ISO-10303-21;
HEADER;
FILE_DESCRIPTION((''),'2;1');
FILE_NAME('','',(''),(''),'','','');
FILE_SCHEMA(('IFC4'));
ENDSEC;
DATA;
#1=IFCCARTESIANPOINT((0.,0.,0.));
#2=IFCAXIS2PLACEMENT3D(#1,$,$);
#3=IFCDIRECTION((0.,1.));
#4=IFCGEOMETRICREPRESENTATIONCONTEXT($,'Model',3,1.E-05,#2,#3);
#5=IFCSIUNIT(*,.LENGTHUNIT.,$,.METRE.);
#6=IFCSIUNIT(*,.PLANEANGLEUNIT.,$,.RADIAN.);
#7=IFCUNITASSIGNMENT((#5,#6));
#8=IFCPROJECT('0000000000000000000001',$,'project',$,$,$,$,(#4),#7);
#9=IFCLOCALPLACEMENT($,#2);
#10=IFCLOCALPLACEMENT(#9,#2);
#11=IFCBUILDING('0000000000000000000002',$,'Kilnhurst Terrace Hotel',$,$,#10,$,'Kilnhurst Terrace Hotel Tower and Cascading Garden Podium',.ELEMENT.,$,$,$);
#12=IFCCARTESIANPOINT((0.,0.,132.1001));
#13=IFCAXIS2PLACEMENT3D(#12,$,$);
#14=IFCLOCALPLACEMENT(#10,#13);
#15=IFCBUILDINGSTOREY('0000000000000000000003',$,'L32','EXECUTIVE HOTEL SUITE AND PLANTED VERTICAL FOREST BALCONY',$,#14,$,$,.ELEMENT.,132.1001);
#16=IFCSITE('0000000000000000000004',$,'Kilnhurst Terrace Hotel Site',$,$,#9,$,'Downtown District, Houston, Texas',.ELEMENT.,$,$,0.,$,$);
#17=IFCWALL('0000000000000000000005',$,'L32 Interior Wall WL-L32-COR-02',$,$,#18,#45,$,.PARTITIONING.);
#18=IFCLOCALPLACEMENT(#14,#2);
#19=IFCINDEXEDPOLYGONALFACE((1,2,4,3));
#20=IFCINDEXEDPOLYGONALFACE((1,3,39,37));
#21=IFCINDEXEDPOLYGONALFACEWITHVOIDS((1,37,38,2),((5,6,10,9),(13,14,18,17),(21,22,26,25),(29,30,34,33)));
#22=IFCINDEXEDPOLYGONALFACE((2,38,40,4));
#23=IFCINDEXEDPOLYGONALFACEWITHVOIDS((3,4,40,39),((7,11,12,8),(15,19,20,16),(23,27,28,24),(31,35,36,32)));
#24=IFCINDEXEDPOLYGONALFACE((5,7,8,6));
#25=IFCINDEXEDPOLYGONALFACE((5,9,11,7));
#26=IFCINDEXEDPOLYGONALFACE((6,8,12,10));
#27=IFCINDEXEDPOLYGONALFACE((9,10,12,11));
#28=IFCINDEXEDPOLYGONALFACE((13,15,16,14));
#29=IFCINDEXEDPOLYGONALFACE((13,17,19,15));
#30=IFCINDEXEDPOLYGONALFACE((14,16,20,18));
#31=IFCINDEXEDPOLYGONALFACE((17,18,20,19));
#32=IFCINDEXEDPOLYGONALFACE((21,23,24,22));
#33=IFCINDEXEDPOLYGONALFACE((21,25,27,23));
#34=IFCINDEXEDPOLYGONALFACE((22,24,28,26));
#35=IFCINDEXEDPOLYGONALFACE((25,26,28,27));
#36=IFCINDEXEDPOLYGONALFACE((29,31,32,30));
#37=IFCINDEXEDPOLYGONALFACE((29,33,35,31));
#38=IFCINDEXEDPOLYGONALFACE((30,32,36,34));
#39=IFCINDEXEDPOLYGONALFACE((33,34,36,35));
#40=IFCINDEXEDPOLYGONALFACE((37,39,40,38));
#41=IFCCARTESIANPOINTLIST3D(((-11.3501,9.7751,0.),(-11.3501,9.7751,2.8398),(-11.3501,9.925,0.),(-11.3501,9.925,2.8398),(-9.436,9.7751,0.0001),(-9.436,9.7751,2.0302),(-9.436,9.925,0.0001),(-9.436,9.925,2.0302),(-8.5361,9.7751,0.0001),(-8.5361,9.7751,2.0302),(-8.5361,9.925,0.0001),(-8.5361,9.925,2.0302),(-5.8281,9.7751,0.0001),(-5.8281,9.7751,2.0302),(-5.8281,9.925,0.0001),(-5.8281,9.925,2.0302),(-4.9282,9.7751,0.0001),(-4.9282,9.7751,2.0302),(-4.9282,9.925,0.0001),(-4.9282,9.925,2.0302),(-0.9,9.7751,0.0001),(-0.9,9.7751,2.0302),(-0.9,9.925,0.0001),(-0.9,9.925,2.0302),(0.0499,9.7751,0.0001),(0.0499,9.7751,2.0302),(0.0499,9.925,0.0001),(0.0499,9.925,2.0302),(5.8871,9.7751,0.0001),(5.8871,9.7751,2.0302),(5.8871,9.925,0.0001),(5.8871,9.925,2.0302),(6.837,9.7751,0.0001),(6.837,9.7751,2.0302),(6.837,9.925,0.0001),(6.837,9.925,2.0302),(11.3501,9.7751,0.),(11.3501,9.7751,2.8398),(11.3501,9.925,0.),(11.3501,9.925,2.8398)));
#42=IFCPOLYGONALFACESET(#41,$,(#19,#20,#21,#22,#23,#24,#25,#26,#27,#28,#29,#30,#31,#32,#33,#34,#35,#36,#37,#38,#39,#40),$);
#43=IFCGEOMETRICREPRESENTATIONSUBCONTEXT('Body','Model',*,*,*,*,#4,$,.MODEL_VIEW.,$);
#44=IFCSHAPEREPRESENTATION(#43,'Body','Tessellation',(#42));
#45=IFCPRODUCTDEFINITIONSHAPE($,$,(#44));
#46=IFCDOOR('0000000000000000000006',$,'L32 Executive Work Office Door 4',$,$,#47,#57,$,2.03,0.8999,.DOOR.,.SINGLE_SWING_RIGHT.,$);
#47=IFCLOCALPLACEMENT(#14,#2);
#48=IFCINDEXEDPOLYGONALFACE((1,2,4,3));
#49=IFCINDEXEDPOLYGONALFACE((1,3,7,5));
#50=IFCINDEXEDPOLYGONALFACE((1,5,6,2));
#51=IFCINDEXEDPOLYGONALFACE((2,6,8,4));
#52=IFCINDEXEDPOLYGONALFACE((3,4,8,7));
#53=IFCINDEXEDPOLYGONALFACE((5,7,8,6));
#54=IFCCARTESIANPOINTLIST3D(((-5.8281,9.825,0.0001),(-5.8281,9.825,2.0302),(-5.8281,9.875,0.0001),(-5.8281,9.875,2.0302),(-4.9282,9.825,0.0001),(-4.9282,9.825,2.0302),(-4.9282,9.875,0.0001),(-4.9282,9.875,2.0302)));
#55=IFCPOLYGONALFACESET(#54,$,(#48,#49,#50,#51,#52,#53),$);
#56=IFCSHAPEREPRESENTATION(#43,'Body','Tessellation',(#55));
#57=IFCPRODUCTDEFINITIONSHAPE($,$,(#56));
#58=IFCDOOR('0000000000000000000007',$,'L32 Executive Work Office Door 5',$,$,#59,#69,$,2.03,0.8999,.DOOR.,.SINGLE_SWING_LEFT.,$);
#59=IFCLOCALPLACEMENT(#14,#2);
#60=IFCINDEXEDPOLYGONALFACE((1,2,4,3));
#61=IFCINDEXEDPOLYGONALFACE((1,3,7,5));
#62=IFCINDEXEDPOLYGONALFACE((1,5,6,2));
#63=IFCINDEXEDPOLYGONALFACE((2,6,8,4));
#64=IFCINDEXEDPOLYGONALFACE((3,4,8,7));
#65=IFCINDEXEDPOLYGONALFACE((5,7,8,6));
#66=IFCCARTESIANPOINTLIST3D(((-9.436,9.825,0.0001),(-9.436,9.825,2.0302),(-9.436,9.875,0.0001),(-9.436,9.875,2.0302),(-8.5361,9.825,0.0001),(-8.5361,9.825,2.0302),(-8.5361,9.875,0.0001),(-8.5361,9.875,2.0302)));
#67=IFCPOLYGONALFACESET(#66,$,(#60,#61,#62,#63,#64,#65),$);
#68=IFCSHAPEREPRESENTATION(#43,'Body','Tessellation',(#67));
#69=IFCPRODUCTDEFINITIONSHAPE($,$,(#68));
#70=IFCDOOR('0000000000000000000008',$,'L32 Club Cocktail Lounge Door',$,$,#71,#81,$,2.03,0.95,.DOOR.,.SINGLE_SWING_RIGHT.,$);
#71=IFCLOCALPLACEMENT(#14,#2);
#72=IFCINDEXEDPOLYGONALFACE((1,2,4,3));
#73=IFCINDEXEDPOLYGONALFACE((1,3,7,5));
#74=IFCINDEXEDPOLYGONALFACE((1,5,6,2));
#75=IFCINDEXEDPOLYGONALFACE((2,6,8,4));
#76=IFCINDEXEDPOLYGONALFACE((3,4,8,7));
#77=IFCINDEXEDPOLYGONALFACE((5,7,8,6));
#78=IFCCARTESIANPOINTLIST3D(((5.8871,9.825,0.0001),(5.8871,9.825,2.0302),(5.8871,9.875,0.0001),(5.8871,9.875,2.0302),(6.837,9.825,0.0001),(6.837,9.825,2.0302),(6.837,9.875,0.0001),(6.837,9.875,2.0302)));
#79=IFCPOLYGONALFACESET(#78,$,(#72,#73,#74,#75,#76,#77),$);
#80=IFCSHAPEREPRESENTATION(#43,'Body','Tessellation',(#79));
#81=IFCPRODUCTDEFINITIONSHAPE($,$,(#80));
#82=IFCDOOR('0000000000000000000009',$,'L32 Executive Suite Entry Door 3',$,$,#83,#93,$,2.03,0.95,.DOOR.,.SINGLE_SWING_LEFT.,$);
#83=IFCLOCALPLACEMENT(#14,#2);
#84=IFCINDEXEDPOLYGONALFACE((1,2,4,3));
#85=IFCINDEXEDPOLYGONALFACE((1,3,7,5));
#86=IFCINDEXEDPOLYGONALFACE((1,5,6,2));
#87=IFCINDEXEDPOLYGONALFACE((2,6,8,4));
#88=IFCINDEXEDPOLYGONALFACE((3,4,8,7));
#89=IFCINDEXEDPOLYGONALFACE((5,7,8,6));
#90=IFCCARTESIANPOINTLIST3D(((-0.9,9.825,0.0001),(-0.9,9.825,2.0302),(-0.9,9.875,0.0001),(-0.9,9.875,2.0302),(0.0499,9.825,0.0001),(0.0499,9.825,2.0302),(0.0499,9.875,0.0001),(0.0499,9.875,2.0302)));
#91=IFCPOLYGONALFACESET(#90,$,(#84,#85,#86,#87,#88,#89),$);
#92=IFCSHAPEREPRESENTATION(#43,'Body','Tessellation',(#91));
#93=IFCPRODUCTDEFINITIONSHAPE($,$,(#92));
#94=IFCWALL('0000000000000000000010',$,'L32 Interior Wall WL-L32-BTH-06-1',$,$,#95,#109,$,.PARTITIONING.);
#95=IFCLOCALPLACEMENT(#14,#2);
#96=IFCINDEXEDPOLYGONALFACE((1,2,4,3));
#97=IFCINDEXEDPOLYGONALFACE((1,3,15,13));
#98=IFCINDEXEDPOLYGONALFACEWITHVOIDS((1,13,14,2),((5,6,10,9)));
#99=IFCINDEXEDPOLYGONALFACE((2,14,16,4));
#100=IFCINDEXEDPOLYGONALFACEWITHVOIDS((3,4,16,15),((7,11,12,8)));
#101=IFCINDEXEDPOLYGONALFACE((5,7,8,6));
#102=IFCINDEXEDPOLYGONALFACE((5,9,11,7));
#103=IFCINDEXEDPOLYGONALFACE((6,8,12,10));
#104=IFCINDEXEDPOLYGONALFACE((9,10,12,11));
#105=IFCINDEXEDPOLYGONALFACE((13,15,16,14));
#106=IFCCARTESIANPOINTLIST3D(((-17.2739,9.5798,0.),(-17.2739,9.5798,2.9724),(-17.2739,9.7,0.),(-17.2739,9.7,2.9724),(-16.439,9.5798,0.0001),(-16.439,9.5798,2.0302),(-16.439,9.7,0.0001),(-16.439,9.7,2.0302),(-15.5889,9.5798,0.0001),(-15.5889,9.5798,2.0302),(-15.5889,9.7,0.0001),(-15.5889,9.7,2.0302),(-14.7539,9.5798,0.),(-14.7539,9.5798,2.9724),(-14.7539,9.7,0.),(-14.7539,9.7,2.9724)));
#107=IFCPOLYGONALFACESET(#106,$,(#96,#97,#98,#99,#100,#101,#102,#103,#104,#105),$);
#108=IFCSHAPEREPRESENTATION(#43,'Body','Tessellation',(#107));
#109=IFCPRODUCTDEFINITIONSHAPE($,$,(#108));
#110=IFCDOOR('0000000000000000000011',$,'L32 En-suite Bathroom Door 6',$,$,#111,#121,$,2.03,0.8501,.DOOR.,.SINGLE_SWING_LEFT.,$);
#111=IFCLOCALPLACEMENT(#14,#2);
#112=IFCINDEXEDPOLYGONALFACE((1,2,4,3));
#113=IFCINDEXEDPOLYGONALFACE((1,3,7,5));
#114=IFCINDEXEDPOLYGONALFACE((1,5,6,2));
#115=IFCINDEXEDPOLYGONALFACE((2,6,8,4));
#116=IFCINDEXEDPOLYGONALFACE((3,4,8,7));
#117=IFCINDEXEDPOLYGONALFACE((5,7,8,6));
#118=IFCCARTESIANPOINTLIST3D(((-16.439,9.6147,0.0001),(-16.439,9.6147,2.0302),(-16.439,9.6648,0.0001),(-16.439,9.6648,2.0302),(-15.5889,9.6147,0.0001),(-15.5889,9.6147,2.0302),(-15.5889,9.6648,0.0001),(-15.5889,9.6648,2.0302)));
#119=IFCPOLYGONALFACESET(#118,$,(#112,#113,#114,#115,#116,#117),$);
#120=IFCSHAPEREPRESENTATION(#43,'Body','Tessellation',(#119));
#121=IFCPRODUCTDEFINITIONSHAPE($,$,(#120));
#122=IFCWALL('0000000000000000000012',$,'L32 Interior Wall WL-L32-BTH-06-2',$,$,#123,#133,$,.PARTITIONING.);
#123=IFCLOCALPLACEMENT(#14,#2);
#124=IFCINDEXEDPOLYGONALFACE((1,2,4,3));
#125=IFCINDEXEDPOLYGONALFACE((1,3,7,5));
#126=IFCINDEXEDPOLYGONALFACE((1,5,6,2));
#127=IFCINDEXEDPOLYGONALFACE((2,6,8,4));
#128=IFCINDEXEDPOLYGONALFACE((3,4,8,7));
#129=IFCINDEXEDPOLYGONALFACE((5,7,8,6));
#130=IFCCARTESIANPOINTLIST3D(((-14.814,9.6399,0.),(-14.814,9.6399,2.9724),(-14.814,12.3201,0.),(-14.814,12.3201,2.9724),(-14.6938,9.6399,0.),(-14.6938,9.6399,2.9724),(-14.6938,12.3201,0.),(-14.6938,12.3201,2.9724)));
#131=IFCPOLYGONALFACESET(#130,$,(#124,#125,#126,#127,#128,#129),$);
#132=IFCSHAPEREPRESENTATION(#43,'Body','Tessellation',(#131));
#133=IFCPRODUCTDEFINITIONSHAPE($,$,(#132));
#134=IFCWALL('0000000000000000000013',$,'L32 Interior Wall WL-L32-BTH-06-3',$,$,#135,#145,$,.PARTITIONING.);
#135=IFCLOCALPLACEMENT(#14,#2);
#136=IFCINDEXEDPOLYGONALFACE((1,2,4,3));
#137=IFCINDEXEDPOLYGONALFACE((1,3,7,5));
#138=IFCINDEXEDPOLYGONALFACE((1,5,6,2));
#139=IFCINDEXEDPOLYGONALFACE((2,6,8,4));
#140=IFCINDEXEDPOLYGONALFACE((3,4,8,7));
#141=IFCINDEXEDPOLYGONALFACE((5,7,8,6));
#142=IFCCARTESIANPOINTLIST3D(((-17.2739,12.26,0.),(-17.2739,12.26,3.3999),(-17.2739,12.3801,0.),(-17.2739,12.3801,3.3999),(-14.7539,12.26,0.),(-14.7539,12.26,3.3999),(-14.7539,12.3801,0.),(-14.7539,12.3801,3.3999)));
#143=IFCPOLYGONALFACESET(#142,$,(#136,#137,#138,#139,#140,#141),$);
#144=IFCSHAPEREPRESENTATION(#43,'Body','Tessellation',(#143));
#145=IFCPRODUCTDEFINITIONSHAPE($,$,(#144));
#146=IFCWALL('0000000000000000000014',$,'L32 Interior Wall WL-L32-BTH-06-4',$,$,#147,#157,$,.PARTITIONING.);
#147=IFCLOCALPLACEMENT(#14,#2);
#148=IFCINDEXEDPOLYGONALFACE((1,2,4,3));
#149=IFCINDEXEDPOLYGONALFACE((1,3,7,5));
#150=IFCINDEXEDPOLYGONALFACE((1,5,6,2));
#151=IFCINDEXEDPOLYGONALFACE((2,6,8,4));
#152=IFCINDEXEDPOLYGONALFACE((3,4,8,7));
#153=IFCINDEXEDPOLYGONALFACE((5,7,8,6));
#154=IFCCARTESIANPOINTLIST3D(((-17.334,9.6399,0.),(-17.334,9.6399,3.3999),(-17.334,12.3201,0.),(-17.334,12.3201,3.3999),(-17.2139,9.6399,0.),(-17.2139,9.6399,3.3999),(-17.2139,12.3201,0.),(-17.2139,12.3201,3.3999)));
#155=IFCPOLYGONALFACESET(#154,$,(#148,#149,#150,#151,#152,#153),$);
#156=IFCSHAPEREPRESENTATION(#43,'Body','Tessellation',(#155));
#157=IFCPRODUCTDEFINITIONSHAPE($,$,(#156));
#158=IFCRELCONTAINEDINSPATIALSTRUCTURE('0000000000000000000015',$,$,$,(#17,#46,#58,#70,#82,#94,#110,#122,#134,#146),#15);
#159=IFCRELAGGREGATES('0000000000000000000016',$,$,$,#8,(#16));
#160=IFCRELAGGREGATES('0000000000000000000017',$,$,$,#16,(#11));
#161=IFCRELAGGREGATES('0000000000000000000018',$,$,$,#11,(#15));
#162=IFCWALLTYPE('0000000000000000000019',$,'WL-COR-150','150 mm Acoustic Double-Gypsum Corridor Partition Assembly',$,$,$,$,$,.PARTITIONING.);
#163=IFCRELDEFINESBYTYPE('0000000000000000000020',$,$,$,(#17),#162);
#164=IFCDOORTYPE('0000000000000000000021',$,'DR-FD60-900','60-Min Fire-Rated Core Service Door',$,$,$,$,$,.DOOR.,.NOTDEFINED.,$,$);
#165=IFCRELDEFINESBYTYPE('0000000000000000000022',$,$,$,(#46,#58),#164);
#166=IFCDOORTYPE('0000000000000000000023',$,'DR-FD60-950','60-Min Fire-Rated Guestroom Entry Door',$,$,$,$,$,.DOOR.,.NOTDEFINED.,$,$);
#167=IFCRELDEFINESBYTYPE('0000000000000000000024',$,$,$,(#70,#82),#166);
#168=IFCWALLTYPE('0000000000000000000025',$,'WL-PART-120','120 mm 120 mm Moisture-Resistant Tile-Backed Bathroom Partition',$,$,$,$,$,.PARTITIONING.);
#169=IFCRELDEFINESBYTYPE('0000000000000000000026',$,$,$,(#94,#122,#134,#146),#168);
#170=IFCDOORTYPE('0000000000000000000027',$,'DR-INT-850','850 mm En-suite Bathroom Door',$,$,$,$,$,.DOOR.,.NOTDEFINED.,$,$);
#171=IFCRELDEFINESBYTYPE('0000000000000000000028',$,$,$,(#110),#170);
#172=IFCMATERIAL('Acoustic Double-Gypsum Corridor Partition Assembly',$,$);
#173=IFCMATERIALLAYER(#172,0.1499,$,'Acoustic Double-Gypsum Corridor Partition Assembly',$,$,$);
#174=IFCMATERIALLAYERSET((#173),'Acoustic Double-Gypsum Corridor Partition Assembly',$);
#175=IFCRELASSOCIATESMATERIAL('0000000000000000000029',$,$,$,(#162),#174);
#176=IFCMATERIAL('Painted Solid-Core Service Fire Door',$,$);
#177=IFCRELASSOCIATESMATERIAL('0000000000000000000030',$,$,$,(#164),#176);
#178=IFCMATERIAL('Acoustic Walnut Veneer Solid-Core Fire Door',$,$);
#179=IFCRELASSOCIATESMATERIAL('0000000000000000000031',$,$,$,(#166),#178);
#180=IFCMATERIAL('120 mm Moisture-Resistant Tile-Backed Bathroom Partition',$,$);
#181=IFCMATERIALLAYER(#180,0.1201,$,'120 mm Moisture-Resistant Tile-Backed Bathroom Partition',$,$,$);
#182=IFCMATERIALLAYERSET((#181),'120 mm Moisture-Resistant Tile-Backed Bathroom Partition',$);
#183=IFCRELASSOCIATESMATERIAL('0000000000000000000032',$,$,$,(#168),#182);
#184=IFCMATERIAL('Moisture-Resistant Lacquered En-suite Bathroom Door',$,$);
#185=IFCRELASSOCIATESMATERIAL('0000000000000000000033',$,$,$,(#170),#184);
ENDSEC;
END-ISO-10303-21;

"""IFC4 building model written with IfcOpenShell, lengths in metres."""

from ifc_helpers import new_model, si_unit, direction, frame, frame_2d, origin, place, context, subcontext, project, spatial, rectangle, extrude, material, layer, layer_set, type_object, element, fill, save


model = new_model("IFC4")

# Units and contexts
model_context = context("Model", 3, precision=1e-05, world=origin(), true_north=direction((0.0, 1.0)))
body_context = subcontext(model_context, "Body", "Model", "MODEL_VIEW")
ifc_project = project(units=[si_unit("LENGTHUNIT", "METRE"), si_unit("PLANEANGLEUNIT", "RADIAN")], contexts=[model_context])

# Site, building, storey
site_placement = place(None, origin())
site = spatial("IfcSite", under=ifc_project, at=site_placement, Name="Kilnhurst Terrace Hotel Site", LongName="Downtown District, Houston, Texas", CompositionType="ELEMENT", RefElevation=0.0)
building_placement = place(site_placement, origin())
building = spatial("IfcBuilding", under=site, at=building_placement, Name="Kilnhurst Terrace Hotel", LongName="Kilnhurst Terrace Hotel Tower and Cascading Garden Podium", CompositionType="ELEMENT")
storey_placement = place(building_placement, frame((0.0, 0.0, 132.1001)))
storey = spatial("IfcBuildingStorey", under=building, at=storey_placement, Name="L32", Description="EXECUTIVE HOTEL SUITE AND PLANTED VERTICAL FOREST BALCONY", CompositionType="ELEMENT", Elevation=132.1001)

# Wall, openings, doors
ifc_material_1 = material(Name="Acoustic Double-Gypsum Corridor Partition Assembly")
ifc_layer_1 = layer(ifc_material_1, 0.1499, Name="Acoustic Double-Gypsum Corridor Partition Assembly")
ifc_layer_set_1 = layer_set([ifc_layer_1], Name="Acoustic Double-Gypsum Corridor Partition Assembly")
wall_type_1 = type_object("IfcWallType", Name="WL-COR-150", Description="150 mm Acoustic Double-Gypsum Corridor Partition Assembly", PredefinedType="PARTITIONING", material=ifc_layer_set_1)
wall_1_placement = place(storey_placement, frame((-11.3501, 9.8501, 0.0), z_axis=(0.0, 0.0, 1.0), x_axis=(1.0, 0.0, 0.0)))
wall_1 = element("IfcWall", 1, at=wall_1_placement, inside=storey, type_object=wall_type_1, Name="L32 Interior Wall WL-L32-COR-02", PredefinedType="PARTITIONING", context=body_context, shape_type="SweptSolid", body=[
    extrude(rectangle(XDim=22.7002, YDim=0.1499, at=frame_2d((11.3501, 0.0))), origin(), (0.0, 0.0, 1.0), 2.8398),
])
opening_1_placement = place(wall_1_placement, frame((17.2371, 0.0, 0.0)))
opening_1 = element("IfcOpeningElement", 2, at=opening_1_placement, cuts=wall_1, PredefinedType="OPENING", context=body_context, shape_type="SweptSolid", body=[
    extrude(rectangle(XDim=0.95, YDim=2.03, at=frame_2d((0.4751, 1.0151))), frame((0.0, 0.085, 0.0), z_axis=(0.0, -1.0, 0.0), x_axis=(1.0, 0.0, 0.0)), (0.0, 0.0, 1.0), 0.1699),
])
opening_2_placement = place(wall_1_placement, frame((10.45, 0.0, 0.0)))
opening_2 = element("IfcOpeningElement", 3, at=opening_2_placement, cuts=wall_1, PredefinedType="OPENING", context=body_context, shape_type="SweptSolid", body=[
    extrude(rectangle(XDim=0.95, YDim=2.03, at=frame_2d((0.4751, 1.0151))), frame((0.0, 0.085, 0.0), z_axis=(0.0, -1.0, 0.0), x_axis=(1.0, 0.0, 0.0)), (0.0, 0.0, 1.0), 0.1699),
])
opening_3_placement = place(wall_1_placement, frame((5.522, 0.0, 0.0)))
opening_3 = element("IfcOpeningElement", 4, at=opening_3_placement, cuts=wall_1, PredefinedType="OPENING", context=body_context, shape_type="SweptSolid", body=[
    extrude(rectangle(XDim=0.8999, YDim=2.03, at=frame_2d((0.45, 1.0151))), frame((0.0, 0.085, 0.0), z_axis=(0.0, -1.0, 0.0), x_axis=(1.0, 0.0, 0.0)), (0.0, 0.0, 1.0), 0.1699),
])
opening_4_placement = place(wall_1_placement, frame((1.9141, 0.0, 0.0)))
opening_4 = element("IfcOpeningElement", 5, at=opening_4_placement, cuts=wall_1, PredefinedType="OPENING", context=body_context, shape_type="SweptSolid", body=[
    extrude(rectangle(XDim=0.8999, YDim=2.03, at=frame_2d((0.45, 1.0151))), frame((0.0, 0.085, 0.0), z_axis=(0.0, -1.0, 0.0), x_axis=(1.0, 0.0, 0.0)), (0.0, 0.0, 1.0), 0.1699),
])
ifc_material_2 = material(Name="Painted Solid-Core Service Fire Door")
door_type_1 = type_object("IfcDoorType", Name="DR-FD60-900", Description="60-Min Fire-Rated Core Service Door", OperationType="NOTDEFINED", PredefinedType="DOOR", material=ifc_material_2)
door_1_placement = place(opening_3_placement, origin())
door_1 = element("IfcDoor", 6, at=door_1_placement, inside=storey, type_object=door_type_1, Name="L32 Executive Work Office Door 4", OperationType="SINGLE_SWING_RIGHT", OverallHeight=2.03, OverallWidth=0.8999, PredefinedType="DOOR", context=body_context, shape_type="SweptSolid", body=[
    extrude(rectangle(XDim=0.8999, YDim=2.03, at=frame_2d((0.45, 1.0151))), frame((0.0, 0.0249, 0.0), z_axis=(0.0, -1.0, 0.0), x_axis=(1.0, 0.0, 0.0)), (0.0, 0.0, 1.0), 0.05),
])
fill(opening_3, door_1)
door_2_placement = place(opening_4_placement, origin())
door_2 = element("IfcDoor", 7, at=door_2_placement, inside=storey, type_object=door_type_1, Name="L32 Executive Work Office Door 5", OperationType="SINGLE_SWING_LEFT", OverallHeight=2.03, OverallWidth=0.8999, PredefinedType="DOOR", context=body_context, shape_type="SweptSolid", body=[
    extrude(rectangle(XDim=0.8999, YDim=2.03, at=frame_2d((0.45, 1.0151))), frame((0.0, 0.0249, 0.0), z_axis=(0.0, -1.0, 0.0), x_axis=(1.0, 0.0, 0.0)), (0.0, 0.0, 1.0), 0.05),
])
fill(opening_4, door_2)
ifc_material_3 = material(Name="Acoustic Walnut Veneer Solid-Core Fire Door")
door_type_2 = type_object("IfcDoorType", Name="DR-FD60-950", Description="60-Min Fire-Rated Guestroom Entry Door", OperationType="NOTDEFINED", PredefinedType="DOOR", material=ifc_material_3)
door_3_placement = place(opening_1_placement, origin())
door_3 = element("IfcDoor", 8, at=door_3_placement, inside=storey, type_object=door_type_2, Name="L32 Club Cocktail Lounge Door", OperationType="SINGLE_SWING_RIGHT", OverallHeight=2.03, OverallWidth=0.95, PredefinedType="DOOR", context=body_context, shape_type="SweptSolid", body=[
    extrude(rectangle(XDim=0.95, YDim=2.03, at=frame_2d((0.4751, 1.0151))), frame((0.0, 0.0249, 0.0), z_axis=(0.0, -1.0, 0.0), x_axis=(1.0, 0.0, 0.0)), (0.0, 0.0, 1.0), 0.05),
])
fill(opening_1, door_3)
door_4_placement = place(opening_2_placement, origin())
door_4 = element("IfcDoor", 9, at=door_4_placement, inside=storey, type_object=door_type_2, Name="L32 Executive Suite Entry Door 3", OperationType="SINGLE_SWING_LEFT", OverallHeight=2.03, OverallWidth=0.95, PredefinedType="DOOR", context=body_context, shape_type="SweptSolid", body=[
    extrude(rectangle(XDim=0.95, YDim=2.03, at=frame_2d((0.4751, 1.0151))), frame((0.0, 0.0249, 0.0), z_axis=(0.0, -1.0, 0.0), x_axis=(1.0, 0.0, 0.0)), (0.0, 0.0, 1.0), 0.05),
])
fill(opening_2, door_4)

# Wall, opening, door
ifc_material_4 = material(Name="120 mm Moisture-Resistant Tile-Backed Bathroom Partition")
ifc_layer_2 = layer(ifc_material_4, 0.1201, Name="120 mm Moisture-Resistant Tile-Backed Bathroom Partition")
ifc_layer_set_2 = layer_set([ifc_layer_2], Name="120 mm Moisture-Resistant Tile-Backed Bathroom Partition")
wall_type_2 = type_object("IfcWallType", Name="WL-PART-120", Description="120 mm 120 mm Moisture-Resistant Tile-Backed Bathroom Partition", PredefinedType="PARTITIONING", material=ifc_layer_set_2)
wall_2_placement = place(storey_placement, frame((-17.2739, 9.6399, 0.0), z_axis=(0.0, 0.0, 1.0), x_axis=(1.0, 0.0, 0.0)))
wall_2 = element("IfcWall", 10, at=wall_2_placement, inside=storey, type_object=wall_type_2, Name="L32 Interior Wall WL-L32-BTH-06-1", PredefinedType="PARTITIONING", context=body_context, shape_type="SweptSolid", body=[
    extrude(rectangle(XDim=2.52, YDim=0.1201, at=frame_2d((1.26, 0.0))), origin(), (0.0, 0.0, 1.0), 2.9724),
])
opening_5_placement = place(wall_2_placement, frame((0.835, 0.0, 0.0)))
opening_5 = element("IfcOpeningElement", 11, at=opening_5_placement, cuts=wall_2, PredefinedType="OPENING", context=body_context, shape_type="SweptSolid", body=[
    extrude(rectangle(XDim=0.8501, YDim=2.03, at=frame_2d((0.425, 1.0151))), frame((0.0, 0.0701, 0.0), z_axis=(0.0, -1.0, 0.0), x_axis=(1.0, 0.0, 0.0)), (0.0, 0.0, 1.0), 0.1401),
])
ifc_material_5 = material(Name="Moisture-Resistant Lacquered En-suite Bathroom Door")
door_type_3 = type_object("IfcDoorType", Name="DR-INT-850", Description="850 mm En-suite Bathroom Door", OperationType="NOTDEFINED", PredefinedType="DOOR", material=ifc_material_5)
door_5_placement = place(opening_5_placement, origin())
door_5 = element("IfcDoor", 12, at=door_5_placement, inside=storey, type_object=door_type_3, Name="L32 En-suite Bathroom Door 6", OperationType="SINGLE_SWING_LEFT", OverallHeight=2.03, OverallWidth=0.8501, PredefinedType="DOOR", context=body_context, shape_type="SweptSolid", body=[
    extrude(rectangle(XDim=0.8501, YDim=2.03, at=frame_2d((0.425, 1.0151))), frame((0.0, 0.0249, 0.0), z_axis=(0.0, -1.0, 0.0), x_axis=(1.0, 0.0, 0.0)), (0.0, 0.0, 1.0), 0.05),
])
fill(opening_5, door_5)

# Walls
wall_3_placement = place(storey_placement, frame((-14.7539, 9.6399, 0.0), z_axis=(0.0, 0.0, 1.0), x_axis=(0.0, 1.0, 0.0)))
element("IfcWall", 13, at=wall_3_placement, inside=storey, type_object=wall_type_2, Name="L32 Interior Wall WL-L32-BTH-06-2", PredefinedType="PARTITIONING", context=body_context, shape_type="SweptSolid", body=[
    extrude(rectangle(XDim=2.6802, YDim=0.1201, at=frame_2d((1.3401, 0.0))), origin(), (0.0, 0.0, 1.0), 2.9724),
])
wall_4_placement = place(storey_placement, frame((-14.7539, 12.3201, 0.0), z_axis=(0.0, 0.0, 1.0), x_axis=(-1.0, 0.0, 0.0)))
element("IfcWall", 14, at=wall_4_placement, inside=storey, type_object=wall_type_2, Name="L32 Interior Wall WL-L32-BTH-06-3", PredefinedType="PARTITIONING", context=body_context, shape_type="SweptSolid", body=[
    extrude(rectangle(XDim=2.52, YDim=0.1201, at=frame_2d((1.26, 0.0))), origin(), (0.0, 0.0, 1.0), 3.3999),
])
wall_5_placement = place(storey_placement, frame((-17.2739, 12.3201, 0.0), z_axis=(0.0, 0.0, 1.0), x_axis=(0.0, -1.0, 0.0)))
element("IfcWall", 15, at=wall_5_placement, inside=storey, type_object=wall_type_2, Name="L32 Interior Wall WL-L32-BTH-06-4", PredefinedType="PARTITIONING", context=body_context, shape_type="SweptSolid", body=[
    extrude(rectangle(XDim=2.6802, YDim=0.1201, at=frame_2d((1.3401, 0.0))), origin(), (0.0, 0.0, 1.0), 3.3999),
])

save(model, "model.ifc")
